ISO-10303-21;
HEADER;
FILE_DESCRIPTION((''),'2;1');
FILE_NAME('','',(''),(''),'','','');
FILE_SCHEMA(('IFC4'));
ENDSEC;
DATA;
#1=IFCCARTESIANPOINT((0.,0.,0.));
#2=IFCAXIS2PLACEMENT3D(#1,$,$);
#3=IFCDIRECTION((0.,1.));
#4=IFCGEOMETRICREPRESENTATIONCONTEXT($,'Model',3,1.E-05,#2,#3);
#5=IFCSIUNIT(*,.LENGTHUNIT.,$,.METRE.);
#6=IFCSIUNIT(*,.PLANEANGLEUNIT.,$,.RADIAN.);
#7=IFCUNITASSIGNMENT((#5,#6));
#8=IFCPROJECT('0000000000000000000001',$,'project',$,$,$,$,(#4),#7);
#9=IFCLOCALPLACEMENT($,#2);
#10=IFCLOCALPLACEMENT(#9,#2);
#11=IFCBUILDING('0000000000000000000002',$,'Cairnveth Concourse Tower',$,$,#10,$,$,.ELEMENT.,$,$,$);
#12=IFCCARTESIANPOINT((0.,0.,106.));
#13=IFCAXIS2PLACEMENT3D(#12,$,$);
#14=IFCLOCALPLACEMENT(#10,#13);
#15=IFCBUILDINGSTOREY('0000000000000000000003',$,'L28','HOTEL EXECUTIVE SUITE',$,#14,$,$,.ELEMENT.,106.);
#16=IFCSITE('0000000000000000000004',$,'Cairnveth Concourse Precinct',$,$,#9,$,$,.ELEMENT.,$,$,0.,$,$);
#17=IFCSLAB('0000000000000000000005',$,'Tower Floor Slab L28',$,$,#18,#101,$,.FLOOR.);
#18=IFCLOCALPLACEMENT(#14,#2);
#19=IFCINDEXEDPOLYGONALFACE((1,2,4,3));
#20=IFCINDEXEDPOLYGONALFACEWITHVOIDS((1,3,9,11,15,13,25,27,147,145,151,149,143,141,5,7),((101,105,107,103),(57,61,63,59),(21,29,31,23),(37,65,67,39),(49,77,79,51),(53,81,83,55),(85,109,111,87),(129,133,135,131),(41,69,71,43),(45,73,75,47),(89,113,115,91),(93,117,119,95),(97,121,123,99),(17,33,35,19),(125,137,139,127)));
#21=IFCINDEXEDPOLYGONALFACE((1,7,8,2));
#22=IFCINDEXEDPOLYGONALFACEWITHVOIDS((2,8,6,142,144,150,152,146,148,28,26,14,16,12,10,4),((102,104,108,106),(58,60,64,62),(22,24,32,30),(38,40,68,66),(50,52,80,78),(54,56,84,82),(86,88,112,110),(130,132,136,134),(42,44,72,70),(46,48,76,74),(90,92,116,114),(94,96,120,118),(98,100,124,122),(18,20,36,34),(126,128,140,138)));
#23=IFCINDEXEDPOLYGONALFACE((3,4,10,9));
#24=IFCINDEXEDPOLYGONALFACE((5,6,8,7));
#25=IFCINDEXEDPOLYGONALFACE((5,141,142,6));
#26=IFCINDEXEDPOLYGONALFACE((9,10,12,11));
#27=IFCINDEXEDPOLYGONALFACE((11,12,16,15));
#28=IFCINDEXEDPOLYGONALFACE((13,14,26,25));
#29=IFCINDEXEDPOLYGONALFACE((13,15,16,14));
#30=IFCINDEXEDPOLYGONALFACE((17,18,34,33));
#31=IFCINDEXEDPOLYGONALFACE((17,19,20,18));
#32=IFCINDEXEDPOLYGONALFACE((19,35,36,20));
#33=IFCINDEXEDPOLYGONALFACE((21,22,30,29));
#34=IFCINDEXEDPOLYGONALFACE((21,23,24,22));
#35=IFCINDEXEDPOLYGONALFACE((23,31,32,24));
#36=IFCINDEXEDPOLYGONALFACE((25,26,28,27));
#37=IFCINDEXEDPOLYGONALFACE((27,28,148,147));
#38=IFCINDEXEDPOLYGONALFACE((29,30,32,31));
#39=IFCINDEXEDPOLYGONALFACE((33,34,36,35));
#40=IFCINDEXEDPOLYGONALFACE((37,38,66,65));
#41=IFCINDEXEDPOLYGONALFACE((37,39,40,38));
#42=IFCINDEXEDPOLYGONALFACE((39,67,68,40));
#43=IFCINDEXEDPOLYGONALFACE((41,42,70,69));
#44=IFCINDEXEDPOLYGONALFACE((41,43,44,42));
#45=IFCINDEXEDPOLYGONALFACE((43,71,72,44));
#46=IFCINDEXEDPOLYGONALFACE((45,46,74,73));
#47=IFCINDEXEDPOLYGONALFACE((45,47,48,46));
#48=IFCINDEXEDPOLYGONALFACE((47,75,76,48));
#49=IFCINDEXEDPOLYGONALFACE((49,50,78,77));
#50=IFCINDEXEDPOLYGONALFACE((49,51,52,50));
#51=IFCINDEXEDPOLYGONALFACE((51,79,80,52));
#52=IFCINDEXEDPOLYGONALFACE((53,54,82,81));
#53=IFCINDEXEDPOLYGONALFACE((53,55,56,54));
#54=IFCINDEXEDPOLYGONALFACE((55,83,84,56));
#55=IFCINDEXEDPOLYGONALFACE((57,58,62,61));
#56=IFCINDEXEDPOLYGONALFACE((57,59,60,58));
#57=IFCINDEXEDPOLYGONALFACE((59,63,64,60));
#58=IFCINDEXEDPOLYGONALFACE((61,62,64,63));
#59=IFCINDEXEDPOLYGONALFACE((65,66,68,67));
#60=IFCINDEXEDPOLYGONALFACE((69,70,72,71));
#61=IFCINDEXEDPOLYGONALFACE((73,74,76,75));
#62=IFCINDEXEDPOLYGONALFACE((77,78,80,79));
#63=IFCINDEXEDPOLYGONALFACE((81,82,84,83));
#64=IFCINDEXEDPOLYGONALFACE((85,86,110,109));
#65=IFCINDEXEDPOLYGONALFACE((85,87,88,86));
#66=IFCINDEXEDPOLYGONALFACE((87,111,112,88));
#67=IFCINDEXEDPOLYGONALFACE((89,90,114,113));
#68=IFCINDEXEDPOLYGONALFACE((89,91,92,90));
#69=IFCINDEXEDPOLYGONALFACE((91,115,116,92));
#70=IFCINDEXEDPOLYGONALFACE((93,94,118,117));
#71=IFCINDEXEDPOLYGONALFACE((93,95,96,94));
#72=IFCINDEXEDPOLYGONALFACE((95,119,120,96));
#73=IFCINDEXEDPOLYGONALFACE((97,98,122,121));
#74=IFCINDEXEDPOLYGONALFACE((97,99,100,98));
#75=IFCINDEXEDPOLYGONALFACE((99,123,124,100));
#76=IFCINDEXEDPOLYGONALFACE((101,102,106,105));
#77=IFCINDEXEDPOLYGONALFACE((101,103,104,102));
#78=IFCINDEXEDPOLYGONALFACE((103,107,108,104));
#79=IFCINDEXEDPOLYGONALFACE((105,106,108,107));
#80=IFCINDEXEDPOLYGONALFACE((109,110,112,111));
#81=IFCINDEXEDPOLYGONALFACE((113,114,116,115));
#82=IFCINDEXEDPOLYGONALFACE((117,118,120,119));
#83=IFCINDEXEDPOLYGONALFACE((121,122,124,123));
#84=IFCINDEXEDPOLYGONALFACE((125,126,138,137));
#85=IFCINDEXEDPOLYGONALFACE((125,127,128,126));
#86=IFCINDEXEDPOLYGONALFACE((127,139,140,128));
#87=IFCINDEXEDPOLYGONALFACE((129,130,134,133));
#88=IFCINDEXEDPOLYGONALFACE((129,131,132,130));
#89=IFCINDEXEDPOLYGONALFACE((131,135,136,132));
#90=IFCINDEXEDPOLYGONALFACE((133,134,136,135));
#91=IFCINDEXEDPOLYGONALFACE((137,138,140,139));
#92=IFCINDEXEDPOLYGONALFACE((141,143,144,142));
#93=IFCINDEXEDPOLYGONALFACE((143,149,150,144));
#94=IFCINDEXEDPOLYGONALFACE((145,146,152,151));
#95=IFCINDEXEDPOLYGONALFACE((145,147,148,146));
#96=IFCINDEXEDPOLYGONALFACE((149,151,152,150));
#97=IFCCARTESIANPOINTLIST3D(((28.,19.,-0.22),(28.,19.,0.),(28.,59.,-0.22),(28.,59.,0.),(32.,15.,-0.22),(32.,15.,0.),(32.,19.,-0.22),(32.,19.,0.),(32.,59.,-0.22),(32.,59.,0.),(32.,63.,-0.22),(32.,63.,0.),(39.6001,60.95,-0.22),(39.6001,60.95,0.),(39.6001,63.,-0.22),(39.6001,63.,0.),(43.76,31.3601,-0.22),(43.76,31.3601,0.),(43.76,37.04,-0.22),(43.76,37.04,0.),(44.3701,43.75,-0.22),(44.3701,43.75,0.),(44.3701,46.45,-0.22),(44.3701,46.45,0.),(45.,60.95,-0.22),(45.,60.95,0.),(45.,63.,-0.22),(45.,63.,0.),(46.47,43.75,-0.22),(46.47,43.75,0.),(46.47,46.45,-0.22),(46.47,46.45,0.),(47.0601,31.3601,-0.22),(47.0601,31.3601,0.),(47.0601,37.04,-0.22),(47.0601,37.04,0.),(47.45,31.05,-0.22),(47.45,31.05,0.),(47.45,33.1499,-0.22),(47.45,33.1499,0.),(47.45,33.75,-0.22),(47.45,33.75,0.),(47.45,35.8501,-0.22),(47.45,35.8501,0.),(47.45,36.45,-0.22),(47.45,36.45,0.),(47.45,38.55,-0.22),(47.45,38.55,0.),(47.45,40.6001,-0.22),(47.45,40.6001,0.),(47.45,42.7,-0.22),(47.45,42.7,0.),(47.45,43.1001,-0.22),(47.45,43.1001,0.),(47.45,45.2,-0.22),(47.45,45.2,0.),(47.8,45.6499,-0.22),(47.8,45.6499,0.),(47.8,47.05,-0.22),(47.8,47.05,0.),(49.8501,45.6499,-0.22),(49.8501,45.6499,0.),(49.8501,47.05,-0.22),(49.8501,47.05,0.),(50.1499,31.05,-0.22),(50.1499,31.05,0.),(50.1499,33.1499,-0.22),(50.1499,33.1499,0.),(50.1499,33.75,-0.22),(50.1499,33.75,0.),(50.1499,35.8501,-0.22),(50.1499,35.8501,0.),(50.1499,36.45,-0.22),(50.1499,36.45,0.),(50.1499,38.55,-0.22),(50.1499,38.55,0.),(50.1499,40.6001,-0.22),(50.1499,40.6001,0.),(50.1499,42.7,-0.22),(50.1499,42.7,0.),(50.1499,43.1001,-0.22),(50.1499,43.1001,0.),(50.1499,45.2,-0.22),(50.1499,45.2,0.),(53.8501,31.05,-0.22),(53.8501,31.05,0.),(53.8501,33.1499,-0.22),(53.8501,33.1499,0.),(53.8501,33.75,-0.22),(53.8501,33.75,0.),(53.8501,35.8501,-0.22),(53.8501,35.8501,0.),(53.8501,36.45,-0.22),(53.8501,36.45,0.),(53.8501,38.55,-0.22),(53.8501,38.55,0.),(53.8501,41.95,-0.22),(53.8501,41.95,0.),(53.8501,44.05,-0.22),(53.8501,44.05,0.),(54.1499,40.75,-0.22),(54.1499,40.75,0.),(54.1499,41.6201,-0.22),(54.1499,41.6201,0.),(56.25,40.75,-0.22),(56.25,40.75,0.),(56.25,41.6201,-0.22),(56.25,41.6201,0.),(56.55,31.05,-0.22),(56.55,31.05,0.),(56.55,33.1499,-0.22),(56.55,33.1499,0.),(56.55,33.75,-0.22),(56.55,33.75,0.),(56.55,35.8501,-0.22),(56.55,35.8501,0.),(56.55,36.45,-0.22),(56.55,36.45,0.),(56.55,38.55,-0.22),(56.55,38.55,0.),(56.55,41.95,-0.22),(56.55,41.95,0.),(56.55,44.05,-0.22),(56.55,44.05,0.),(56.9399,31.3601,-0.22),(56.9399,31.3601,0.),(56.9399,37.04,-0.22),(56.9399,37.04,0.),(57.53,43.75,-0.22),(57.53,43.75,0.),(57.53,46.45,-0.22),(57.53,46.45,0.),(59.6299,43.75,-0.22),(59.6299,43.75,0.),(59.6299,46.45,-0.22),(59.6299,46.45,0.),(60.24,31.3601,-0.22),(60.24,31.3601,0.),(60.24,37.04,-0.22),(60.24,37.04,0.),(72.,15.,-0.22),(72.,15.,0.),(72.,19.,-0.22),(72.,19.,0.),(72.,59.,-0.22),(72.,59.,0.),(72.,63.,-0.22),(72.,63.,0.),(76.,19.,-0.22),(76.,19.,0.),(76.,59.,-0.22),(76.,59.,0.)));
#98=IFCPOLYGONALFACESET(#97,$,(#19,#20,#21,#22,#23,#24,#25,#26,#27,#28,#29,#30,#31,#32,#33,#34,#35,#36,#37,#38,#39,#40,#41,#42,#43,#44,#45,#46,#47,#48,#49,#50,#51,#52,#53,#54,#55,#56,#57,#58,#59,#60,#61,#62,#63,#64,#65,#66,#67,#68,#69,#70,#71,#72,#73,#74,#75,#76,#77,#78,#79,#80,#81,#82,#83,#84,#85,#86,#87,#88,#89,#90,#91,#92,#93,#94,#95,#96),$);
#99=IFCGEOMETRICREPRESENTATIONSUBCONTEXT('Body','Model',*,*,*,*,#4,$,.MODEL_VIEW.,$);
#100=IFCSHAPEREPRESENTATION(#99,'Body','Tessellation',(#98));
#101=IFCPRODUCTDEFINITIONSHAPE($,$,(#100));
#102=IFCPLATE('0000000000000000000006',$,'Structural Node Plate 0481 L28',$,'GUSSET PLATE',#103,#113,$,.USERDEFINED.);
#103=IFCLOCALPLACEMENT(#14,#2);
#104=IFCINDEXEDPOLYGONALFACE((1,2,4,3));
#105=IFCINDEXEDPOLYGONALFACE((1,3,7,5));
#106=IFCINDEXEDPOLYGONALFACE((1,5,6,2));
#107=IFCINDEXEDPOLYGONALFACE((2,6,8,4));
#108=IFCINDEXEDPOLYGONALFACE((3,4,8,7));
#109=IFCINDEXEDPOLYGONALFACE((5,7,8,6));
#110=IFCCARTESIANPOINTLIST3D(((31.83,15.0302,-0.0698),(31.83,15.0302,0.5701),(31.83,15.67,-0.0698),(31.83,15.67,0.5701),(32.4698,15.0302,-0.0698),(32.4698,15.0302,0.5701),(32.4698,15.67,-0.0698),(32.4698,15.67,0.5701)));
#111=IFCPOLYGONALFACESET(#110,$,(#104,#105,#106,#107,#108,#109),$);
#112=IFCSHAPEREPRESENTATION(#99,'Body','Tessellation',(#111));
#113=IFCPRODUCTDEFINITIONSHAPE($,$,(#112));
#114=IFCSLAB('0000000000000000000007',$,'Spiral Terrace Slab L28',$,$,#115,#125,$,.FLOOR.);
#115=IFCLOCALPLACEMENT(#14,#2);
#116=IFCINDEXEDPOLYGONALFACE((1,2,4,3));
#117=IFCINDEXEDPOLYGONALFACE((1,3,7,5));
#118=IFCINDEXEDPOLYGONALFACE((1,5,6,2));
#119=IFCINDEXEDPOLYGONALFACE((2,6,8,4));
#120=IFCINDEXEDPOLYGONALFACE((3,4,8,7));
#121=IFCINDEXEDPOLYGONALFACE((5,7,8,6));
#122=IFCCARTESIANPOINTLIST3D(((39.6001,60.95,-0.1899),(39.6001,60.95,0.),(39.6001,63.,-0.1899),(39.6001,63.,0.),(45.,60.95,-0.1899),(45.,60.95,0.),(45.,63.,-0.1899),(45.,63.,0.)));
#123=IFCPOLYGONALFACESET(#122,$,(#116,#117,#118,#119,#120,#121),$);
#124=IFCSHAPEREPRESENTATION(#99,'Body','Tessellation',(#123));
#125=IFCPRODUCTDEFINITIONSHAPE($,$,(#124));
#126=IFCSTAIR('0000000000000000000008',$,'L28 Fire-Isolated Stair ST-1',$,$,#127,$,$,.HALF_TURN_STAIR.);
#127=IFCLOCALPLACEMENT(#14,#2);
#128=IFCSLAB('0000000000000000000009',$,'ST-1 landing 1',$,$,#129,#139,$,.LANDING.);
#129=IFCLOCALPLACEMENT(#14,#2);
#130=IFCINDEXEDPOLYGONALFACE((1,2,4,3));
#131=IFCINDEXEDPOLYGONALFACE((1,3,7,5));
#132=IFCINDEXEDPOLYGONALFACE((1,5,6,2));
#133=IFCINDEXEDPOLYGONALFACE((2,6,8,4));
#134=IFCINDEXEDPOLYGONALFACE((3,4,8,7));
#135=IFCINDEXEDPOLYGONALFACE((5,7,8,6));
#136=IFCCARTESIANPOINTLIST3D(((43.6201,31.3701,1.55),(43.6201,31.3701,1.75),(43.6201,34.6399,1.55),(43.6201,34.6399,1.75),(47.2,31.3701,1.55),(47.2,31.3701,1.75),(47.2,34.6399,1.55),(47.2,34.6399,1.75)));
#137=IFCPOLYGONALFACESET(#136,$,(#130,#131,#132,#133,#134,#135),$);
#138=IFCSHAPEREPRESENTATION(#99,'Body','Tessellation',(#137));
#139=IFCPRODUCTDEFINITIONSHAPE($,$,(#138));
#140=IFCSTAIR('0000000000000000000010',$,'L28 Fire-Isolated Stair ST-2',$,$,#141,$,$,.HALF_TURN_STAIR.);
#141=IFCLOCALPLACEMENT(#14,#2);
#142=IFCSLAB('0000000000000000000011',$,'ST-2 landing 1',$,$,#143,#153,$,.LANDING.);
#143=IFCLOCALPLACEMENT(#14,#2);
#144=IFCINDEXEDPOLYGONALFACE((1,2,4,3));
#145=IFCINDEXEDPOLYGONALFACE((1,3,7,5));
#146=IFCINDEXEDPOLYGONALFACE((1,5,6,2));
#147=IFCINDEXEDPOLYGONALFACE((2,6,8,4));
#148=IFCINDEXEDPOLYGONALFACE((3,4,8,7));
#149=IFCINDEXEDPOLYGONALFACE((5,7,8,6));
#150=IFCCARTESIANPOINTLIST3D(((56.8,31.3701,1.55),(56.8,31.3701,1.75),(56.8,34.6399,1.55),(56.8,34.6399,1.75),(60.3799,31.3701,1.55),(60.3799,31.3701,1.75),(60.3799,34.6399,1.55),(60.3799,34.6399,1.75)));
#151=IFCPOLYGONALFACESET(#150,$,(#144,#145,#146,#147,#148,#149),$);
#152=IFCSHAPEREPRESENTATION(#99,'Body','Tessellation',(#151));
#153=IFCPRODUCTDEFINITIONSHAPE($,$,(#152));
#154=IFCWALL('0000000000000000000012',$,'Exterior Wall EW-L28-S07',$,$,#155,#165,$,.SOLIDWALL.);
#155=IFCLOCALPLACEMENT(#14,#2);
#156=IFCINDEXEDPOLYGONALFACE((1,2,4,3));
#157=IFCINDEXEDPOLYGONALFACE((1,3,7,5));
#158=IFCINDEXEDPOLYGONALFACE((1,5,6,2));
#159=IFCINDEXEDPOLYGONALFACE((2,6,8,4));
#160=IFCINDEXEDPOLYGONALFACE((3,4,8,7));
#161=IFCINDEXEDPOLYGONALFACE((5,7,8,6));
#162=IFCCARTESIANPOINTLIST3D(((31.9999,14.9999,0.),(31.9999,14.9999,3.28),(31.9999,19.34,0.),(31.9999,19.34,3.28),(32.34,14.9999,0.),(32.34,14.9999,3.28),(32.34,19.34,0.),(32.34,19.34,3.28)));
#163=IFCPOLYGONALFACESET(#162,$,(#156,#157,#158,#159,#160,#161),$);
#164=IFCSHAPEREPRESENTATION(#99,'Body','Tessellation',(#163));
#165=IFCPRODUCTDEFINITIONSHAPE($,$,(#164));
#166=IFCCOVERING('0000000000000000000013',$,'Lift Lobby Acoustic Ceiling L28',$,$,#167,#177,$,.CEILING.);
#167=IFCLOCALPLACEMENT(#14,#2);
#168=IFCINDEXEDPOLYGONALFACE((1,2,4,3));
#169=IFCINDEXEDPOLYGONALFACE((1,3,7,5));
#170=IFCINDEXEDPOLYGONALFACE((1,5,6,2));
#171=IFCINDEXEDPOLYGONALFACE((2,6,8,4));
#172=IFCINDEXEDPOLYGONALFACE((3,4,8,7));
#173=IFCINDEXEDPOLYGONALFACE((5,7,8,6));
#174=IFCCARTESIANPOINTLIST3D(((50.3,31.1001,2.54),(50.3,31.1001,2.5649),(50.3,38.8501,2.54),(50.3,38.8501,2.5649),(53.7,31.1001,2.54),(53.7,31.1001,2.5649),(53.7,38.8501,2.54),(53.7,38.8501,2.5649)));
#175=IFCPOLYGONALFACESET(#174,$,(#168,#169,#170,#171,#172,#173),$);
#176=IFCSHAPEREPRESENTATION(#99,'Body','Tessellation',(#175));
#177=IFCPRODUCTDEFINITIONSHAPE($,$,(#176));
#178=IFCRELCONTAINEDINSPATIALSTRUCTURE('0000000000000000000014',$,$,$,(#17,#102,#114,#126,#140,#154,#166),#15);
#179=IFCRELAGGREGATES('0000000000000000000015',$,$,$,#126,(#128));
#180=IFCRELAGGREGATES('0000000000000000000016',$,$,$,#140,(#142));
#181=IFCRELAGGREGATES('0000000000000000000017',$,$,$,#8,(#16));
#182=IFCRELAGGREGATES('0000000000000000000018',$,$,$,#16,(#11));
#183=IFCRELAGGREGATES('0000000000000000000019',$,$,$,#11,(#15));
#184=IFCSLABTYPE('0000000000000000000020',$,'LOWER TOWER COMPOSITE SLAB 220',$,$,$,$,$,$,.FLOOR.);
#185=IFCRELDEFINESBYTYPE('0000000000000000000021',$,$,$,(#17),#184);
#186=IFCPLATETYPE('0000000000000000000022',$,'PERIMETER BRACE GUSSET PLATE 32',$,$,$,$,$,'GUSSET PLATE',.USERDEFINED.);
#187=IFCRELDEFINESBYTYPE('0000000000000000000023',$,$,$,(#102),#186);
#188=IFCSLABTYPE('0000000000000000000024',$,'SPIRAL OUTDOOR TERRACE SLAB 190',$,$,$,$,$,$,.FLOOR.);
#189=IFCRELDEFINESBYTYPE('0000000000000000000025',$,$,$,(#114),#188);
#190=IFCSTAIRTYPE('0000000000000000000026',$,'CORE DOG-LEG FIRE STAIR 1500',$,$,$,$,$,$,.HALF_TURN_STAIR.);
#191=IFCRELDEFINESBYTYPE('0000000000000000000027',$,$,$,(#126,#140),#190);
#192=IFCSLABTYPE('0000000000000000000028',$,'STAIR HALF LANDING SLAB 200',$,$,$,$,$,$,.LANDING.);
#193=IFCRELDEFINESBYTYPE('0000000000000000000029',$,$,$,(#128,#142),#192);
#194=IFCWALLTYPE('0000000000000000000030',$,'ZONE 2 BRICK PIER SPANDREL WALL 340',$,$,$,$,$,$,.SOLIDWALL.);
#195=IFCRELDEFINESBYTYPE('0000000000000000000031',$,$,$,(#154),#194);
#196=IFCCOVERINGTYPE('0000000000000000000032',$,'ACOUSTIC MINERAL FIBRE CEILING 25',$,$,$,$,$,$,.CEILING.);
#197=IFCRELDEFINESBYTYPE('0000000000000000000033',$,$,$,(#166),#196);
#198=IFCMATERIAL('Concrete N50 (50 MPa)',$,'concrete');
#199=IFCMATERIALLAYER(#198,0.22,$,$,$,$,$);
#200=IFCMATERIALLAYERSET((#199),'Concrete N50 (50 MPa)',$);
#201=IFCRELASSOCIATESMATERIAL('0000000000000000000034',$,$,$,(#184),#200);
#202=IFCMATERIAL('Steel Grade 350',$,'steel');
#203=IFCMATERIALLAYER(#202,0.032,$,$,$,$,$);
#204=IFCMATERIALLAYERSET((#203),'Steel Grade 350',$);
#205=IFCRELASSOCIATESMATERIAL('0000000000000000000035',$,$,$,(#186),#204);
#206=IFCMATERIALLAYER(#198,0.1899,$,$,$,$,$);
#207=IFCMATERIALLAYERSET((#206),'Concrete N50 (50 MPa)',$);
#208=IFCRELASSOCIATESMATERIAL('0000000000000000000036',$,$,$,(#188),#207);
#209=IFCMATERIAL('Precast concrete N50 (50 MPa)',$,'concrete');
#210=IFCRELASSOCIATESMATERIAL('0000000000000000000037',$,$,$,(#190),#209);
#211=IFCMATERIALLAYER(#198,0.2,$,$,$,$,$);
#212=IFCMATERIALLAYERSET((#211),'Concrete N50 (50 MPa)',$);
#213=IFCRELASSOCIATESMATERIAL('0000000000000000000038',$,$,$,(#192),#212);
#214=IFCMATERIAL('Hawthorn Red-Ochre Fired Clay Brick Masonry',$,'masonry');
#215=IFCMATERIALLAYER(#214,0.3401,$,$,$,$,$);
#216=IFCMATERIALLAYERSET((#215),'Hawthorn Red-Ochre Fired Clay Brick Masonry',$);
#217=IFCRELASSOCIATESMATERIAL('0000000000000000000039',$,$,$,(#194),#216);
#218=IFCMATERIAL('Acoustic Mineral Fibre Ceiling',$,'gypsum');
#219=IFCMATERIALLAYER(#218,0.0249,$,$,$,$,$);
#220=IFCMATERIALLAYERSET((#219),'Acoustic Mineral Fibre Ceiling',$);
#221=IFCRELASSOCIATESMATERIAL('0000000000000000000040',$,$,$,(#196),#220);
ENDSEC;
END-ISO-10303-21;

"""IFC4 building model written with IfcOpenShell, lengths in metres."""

from ifc_helpers import new_model, si_unit, direction, frame, frame_2d, origin, origin_2d, place, context, subcontext, project, spatial, polyline, rectangle, outline, extrude, material, layer, layer_set, type_object, element, aggregate, save


model = new_model("IFC4")

# Units and contexts
model_context = context("Model", 3, precision=1e-05, world=origin(), true_north=direction((0.0, 1.0)))
body_context = subcontext(model_context, "Body", "Model", "MODEL_VIEW")
ifc_project = project(units=[si_unit("LENGTHUNIT", "METRE"), si_unit("PLANEANGLEUNIT", "RADIAN")], contexts=[model_context])

# Site, building, storey
site_placement = place(None, origin())
site = spatial("IfcSite", under=ifc_project, at=site_placement, Name="Cairnveth Concourse Precinct", CompositionType="ELEMENT", RefElevation=0.0)
building_placement = place(site_placement, origin())
building = spatial("IfcBuilding", under=site, at=building_placement, Name="Cairnveth Concourse Tower", CompositionType="ELEMENT")
storey_placement = place(building_placement, frame((0.0, 0.0, 106.0)))
storey = spatial("IfcBuildingStorey", under=building, at=storey_placement, Name="L28", Description="HOTEL EXECUTIVE SUITE", CompositionType="ELEMENT", Elevation=106.0)

# Shared definitions
ifc_material_1 = material(Name="Steel Grade 350", Category="steel")

# Slab
ifc_material_2 = material(Name="Concrete N50 (50 MPa)", Category="concrete")
ifc_layer_1 = layer(ifc_material_2, 0.22)
ifc_layer_set_1 = layer_set([ifc_layer_1], Name="Concrete N50 (50 MPa)")
slab_type_1 = type_object("IfcSlabType", Name="LOWER TOWER COMPOSITE SLAB 220", PredefinedType="FLOOR", material=ifc_layer_set_1)
slab_1_placement = place(storey_placement, frame((0.0, 0.0, -0.22)))
element("IfcSlab", 1, at=slab_1_placement, inside=storey, type_object=slab_type_1, Name="Tower Floor Slab L28", PredefinedType="FLOOR", context=body_context, shape_type="SweptSolid", body=[
    extrude(outline(polyline([(45.0, 63.0), (45.0, 60.95), (39.6001, 60.95), (39.6001, 63.0), (32.0, 63.0), (32.0, 59.0), (28.0, 59.0), (28.0, 19.0), (32.0, 19.0), (32.0, 15.0), (72.0, 15.0), (72.0, 19.0), (76.0, 19.0), (76.0, 59.0), (72.0, 59.0), (72.0, 63.0), (45.0, 63.0)]), holes=[polyline([(43.76, 31.3601), (47.0601, 31.3601), (47.0601, 37.04), (43.76, 37.04), (43.76, 31.3601)]), polyline([(56.9399, 31.3601), (60.24, 31.3601), (60.24, 37.04), (56.9399, 37.04), (56.9399, 31.3601)]), polyline([(44.3701, 43.75), (46.47, 43.75), (46.47, 46.45), (44.3701, 46.45), (44.3701, 43.75)]), polyline([(57.53, 43.75), (59.6299, 43.75), (59.6299, 46.45), (57.53, 46.45), (57.53, 43.75)]), polyline([(47.45, 31.05), (50.1499, 31.05), (50.1499, 33.1499), (47.45, 33.1499), (47.45, 31.05)]), polyline([(47.45, 33.75), (50.1499, 33.75), (50.1499, 35.8501), (47.45, 35.8501), (47.45, 33.75)]), polyline([(47.45, 36.45), (50.1499, 36.45), (50.1499, 38.55), (47.45, 38.55), (47.45, 36.45)]), polyline([(53.8501, 31.05), (56.55, 31.05), (56.55, 33.1499), (53.8501, 33.1499), (53.8501, 31.05)]), polyline([(53.8501, 33.75), (56.55, 33.75), (56.55, 35.8501), (53.8501, 35.8501), (53.8501, 33.75)]), polyline([(53.8501, 36.45), (56.55, 36.45), (56.55, 38.55), (53.8501, 38.55), (53.8501, 36.45)]), polyline([(47.45, 40.6001), (50.1499, 40.6001), (50.1499, 42.7), (47.45, 42.7), (47.45, 40.6001)]), polyline([(47.45, 43.1001), (50.1499, 43.1001), (50.1499, 45.2), (47.45, 45.2), (47.45, 43.1001)]), polyline([(53.8501, 41.95), (56.55, 41.95), (56.55, 44.05), (53.8501, 44.05), (53.8501, 41.95)]), polyline([(47.8, 45.6499), (49.8501, 45.6499), (49.8501, 47.05), (47.8, 47.05), (47.8, 45.6499)]), polyline([(54.1499, 40.75), (56.25, 40.75), (56.25, 41.6201), (54.1499, 41.6201), (54.1499, 40.75)])]), origin(), (0.0, 0.0, 1.0), 0.22),
])

# Plate
ifc_layer_2 = layer(ifc_material_1, 0.032)
ifc_layer_set_2 = layer_set([ifc_layer_2], Name="Steel Grade 350")
plate_type = type_object("IfcPlateType", Name="PERIMETER BRACE GUSSET PLATE 32", ElementType="GUSSET PLATE", PredefinedType="USERDEFINED", material=ifc_layer_set_2)
plate_placement = place(storey_placement, frame((32.1499, 15.3501, -0.0698), z_axis=(0.0, 0.0, 1.0), x_axis=(1.0, 0.0, 0.0)))
element("IfcPlate", 2, at=plate_placement, inside=storey, type_object=plate_type, Name="Structural Node Plate 0481 L28", ObjectType="GUSSET PLATE", PredefinedType="USERDEFINED", context=body_context, shape_type="SweptSolid", body=[
    extrude(rectangle(XDim=0.6399, YDim=0.6399, at=origin_2d()), origin(), (0.0, 0.0, 1.0), 0.6399),
])

# Slab
ifc_layer_3 = layer(ifc_material_2, 0.1899)
ifc_layer_set_3 = layer_set([ifc_layer_3], Name="Concrete N50 (50 MPa)")
slab_type_2 = type_object("IfcSlabType", Name="SPIRAL OUTDOOR TERRACE SLAB 190", PredefinedType="FLOOR", material=ifc_layer_set_3)
slab_2_placement = place(storey_placement, frame((0.0, 0.0, -0.1899)))
element("IfcSlab", 3, at=slab_2_placement, inside=storey, type_object=slab_type_2, Name="Spiral Terrace Slab L28", PredefinedType="FLOOR", context=body_context, shape_type="SweptSolid", body=[
    extrude(outline(polyline([(39.6001, 60.95), (45.0, 60.95), (45.0, 63.0), (39.6001, 63.0), (39.6001, 60.95)])), origin(), (0.0, 0.0, 1.0), 0.1899),
])

# Stairs, slabs
ifc_material_3 = material(Name="Precast concrete N50 (50 MPa)", Category="concrete")
stair_type = type_object("IfcStairType", Name="CORE DOG-LEG FIRE STAIR 1500", PredefinedType="HALF_TURN_STAIR", material=ifc_material_3)
stair_1_placement = place(storey_placement, origin())
stair_1 = element("IfcStair", 4, at=stair_1_placement, inside=storey, type_object=stair_type, Name="L28 Fire-Isolated Stair ST-1", PredefinedType="HALF_TURN_STAIR")
ifc_layer_4 = layer(ifc_material_2, 0.2)
ifc_layer_set_4 = layer_set([ifc_layer_4], Name="Concrete N50 (50 MPa)")
slab_type_3 = type_object("IfcSlabType", Name="STAIR HALF LANDING SLAB 200", PredefinedType="LANDING", material=ifc_layer_set_4)
slab_3_placement = place(storey_placement, frame((0.0, 0.0, 1.55)))
slab_3 = element("IfcSlab", 5, at=slab_3_placement, type_object=slab_type_3, Name="ST-1 landing 1", PredefinedType="LANDING", context=body_context, shape_type="SweptSolid", body=[
    extrude(outline(polyline([(43.6201, 34.6399), (43.6201, 31.3701), (47.2, 31.3701), (47.2, 34.6399), (43.6201, 34.6399)])), origin(), (0.0, 0.0, 1.0), 0.2),
])
aggregate(stair_1, [slab_3])
stair_2_placement = place(storey_placement, origin())
stair_2 = element("IfcStair", 6, at=stair_2_placement, inside=storey, type_object=stair_type, Name="L28 Fire-Isolated Stair ST-2", PredefinedType="HALF_TURN_STAIR")
slab_4_placement = place(storey_placement, frame((0.0, 0.0, 1.55)))
slab_4 = element("IfcSlab", 7, at=slab_4_placement, type_object=slab_type_3, Name="ST-2 landing 1", PredefinedType="LANDING", context=body_context, shape_type="SweptSolid", body=[
    extrude(outline(polyline([(56.8, 34.6399), (56.8, 31.3701), (60.3799, 31.3701), (60.3799, 34.6399), (56.8, 34.6399)])), origin(), (0.0, 0.0, 1.0), 0.2),
])
aggregate(stair_2, [slab_4])

# Wall
ifc_material_4 = material(Name="Hawthorn Red-Ochre Fired Clay Brick Masonry", Category="masonry")
ifc_layer_5 = layer(ifc_material_4, 0.3401)
ifc_layer_set_5 = layer_set([ifc_layer_5], Name="Hawthorn Red-Ochre Fired Clay Brick Masonry")
wall_type = type_object("IfcWallType", Name="ZONE 2 BRICK PIER SPANDREL WALL 340", PredefinedType="SOLIDWALL", material=ifc_layer_set_5)
wall_1_placement = place(storey_placement, frame((32.1699, 15.0, 0.0), z_axis=(0.0, 0.0, 1.0), x_axis=(0.0, 1.0, 0.0)))
element("IfcWall", 8, at=wall_1_placement, inside=storey, type_object=wall_type, Name="Exterior Wall EW-L28-S07", PredefinedType="SOLIDWALL", context=body_context, shape_type="SweptSolid", body=[
    extrude(rectangle(XDim=4.3401, YDim=0.3401, at=frame_2d((2.1699, 0.0))), origin(), (0.0, 0.0, 1.0), 3.28),
])

# Covering
ifc_material_5 = material(Name="Acoustic Mineral Fibre Ceiling", Category="gypsum")
ifc_layer_6 = layer(ifc_material_5, 0.0249)
ifc_layer_set_6 = layer_set([ifc_layer_6], Name="Acoustic Mineral Fibre Ceiling")
covering_type_1 = type_object("IfcCoveringType", Name="ACOUSTIC MINERAL FIBRE CEILING 25", PredefinedType="CEILING", material=ifc_layer_set_6)
covering_1_placement = place(storey_placement, frame((0.0, 0.0, 2.54)))
element("IfcCovering", 9, at=covering_1_placement, inside=storey, type_object=covering_type_1, Name="Lift Lobby Acoustic Ceiling L28", PredefinedType="CEILING", context=body_context, shape_type="SweptSolid", body=[
    extrude(outline(polyline([(50.3, 31.1001), (53.7, 31.1001), (53.7, 38.8501), (50.3, 38.8501), (50.3, 31.1001)])), origin(), (0.0, 0.0, 1.0), 0.0249),
])

save(model, "model.ifc")
